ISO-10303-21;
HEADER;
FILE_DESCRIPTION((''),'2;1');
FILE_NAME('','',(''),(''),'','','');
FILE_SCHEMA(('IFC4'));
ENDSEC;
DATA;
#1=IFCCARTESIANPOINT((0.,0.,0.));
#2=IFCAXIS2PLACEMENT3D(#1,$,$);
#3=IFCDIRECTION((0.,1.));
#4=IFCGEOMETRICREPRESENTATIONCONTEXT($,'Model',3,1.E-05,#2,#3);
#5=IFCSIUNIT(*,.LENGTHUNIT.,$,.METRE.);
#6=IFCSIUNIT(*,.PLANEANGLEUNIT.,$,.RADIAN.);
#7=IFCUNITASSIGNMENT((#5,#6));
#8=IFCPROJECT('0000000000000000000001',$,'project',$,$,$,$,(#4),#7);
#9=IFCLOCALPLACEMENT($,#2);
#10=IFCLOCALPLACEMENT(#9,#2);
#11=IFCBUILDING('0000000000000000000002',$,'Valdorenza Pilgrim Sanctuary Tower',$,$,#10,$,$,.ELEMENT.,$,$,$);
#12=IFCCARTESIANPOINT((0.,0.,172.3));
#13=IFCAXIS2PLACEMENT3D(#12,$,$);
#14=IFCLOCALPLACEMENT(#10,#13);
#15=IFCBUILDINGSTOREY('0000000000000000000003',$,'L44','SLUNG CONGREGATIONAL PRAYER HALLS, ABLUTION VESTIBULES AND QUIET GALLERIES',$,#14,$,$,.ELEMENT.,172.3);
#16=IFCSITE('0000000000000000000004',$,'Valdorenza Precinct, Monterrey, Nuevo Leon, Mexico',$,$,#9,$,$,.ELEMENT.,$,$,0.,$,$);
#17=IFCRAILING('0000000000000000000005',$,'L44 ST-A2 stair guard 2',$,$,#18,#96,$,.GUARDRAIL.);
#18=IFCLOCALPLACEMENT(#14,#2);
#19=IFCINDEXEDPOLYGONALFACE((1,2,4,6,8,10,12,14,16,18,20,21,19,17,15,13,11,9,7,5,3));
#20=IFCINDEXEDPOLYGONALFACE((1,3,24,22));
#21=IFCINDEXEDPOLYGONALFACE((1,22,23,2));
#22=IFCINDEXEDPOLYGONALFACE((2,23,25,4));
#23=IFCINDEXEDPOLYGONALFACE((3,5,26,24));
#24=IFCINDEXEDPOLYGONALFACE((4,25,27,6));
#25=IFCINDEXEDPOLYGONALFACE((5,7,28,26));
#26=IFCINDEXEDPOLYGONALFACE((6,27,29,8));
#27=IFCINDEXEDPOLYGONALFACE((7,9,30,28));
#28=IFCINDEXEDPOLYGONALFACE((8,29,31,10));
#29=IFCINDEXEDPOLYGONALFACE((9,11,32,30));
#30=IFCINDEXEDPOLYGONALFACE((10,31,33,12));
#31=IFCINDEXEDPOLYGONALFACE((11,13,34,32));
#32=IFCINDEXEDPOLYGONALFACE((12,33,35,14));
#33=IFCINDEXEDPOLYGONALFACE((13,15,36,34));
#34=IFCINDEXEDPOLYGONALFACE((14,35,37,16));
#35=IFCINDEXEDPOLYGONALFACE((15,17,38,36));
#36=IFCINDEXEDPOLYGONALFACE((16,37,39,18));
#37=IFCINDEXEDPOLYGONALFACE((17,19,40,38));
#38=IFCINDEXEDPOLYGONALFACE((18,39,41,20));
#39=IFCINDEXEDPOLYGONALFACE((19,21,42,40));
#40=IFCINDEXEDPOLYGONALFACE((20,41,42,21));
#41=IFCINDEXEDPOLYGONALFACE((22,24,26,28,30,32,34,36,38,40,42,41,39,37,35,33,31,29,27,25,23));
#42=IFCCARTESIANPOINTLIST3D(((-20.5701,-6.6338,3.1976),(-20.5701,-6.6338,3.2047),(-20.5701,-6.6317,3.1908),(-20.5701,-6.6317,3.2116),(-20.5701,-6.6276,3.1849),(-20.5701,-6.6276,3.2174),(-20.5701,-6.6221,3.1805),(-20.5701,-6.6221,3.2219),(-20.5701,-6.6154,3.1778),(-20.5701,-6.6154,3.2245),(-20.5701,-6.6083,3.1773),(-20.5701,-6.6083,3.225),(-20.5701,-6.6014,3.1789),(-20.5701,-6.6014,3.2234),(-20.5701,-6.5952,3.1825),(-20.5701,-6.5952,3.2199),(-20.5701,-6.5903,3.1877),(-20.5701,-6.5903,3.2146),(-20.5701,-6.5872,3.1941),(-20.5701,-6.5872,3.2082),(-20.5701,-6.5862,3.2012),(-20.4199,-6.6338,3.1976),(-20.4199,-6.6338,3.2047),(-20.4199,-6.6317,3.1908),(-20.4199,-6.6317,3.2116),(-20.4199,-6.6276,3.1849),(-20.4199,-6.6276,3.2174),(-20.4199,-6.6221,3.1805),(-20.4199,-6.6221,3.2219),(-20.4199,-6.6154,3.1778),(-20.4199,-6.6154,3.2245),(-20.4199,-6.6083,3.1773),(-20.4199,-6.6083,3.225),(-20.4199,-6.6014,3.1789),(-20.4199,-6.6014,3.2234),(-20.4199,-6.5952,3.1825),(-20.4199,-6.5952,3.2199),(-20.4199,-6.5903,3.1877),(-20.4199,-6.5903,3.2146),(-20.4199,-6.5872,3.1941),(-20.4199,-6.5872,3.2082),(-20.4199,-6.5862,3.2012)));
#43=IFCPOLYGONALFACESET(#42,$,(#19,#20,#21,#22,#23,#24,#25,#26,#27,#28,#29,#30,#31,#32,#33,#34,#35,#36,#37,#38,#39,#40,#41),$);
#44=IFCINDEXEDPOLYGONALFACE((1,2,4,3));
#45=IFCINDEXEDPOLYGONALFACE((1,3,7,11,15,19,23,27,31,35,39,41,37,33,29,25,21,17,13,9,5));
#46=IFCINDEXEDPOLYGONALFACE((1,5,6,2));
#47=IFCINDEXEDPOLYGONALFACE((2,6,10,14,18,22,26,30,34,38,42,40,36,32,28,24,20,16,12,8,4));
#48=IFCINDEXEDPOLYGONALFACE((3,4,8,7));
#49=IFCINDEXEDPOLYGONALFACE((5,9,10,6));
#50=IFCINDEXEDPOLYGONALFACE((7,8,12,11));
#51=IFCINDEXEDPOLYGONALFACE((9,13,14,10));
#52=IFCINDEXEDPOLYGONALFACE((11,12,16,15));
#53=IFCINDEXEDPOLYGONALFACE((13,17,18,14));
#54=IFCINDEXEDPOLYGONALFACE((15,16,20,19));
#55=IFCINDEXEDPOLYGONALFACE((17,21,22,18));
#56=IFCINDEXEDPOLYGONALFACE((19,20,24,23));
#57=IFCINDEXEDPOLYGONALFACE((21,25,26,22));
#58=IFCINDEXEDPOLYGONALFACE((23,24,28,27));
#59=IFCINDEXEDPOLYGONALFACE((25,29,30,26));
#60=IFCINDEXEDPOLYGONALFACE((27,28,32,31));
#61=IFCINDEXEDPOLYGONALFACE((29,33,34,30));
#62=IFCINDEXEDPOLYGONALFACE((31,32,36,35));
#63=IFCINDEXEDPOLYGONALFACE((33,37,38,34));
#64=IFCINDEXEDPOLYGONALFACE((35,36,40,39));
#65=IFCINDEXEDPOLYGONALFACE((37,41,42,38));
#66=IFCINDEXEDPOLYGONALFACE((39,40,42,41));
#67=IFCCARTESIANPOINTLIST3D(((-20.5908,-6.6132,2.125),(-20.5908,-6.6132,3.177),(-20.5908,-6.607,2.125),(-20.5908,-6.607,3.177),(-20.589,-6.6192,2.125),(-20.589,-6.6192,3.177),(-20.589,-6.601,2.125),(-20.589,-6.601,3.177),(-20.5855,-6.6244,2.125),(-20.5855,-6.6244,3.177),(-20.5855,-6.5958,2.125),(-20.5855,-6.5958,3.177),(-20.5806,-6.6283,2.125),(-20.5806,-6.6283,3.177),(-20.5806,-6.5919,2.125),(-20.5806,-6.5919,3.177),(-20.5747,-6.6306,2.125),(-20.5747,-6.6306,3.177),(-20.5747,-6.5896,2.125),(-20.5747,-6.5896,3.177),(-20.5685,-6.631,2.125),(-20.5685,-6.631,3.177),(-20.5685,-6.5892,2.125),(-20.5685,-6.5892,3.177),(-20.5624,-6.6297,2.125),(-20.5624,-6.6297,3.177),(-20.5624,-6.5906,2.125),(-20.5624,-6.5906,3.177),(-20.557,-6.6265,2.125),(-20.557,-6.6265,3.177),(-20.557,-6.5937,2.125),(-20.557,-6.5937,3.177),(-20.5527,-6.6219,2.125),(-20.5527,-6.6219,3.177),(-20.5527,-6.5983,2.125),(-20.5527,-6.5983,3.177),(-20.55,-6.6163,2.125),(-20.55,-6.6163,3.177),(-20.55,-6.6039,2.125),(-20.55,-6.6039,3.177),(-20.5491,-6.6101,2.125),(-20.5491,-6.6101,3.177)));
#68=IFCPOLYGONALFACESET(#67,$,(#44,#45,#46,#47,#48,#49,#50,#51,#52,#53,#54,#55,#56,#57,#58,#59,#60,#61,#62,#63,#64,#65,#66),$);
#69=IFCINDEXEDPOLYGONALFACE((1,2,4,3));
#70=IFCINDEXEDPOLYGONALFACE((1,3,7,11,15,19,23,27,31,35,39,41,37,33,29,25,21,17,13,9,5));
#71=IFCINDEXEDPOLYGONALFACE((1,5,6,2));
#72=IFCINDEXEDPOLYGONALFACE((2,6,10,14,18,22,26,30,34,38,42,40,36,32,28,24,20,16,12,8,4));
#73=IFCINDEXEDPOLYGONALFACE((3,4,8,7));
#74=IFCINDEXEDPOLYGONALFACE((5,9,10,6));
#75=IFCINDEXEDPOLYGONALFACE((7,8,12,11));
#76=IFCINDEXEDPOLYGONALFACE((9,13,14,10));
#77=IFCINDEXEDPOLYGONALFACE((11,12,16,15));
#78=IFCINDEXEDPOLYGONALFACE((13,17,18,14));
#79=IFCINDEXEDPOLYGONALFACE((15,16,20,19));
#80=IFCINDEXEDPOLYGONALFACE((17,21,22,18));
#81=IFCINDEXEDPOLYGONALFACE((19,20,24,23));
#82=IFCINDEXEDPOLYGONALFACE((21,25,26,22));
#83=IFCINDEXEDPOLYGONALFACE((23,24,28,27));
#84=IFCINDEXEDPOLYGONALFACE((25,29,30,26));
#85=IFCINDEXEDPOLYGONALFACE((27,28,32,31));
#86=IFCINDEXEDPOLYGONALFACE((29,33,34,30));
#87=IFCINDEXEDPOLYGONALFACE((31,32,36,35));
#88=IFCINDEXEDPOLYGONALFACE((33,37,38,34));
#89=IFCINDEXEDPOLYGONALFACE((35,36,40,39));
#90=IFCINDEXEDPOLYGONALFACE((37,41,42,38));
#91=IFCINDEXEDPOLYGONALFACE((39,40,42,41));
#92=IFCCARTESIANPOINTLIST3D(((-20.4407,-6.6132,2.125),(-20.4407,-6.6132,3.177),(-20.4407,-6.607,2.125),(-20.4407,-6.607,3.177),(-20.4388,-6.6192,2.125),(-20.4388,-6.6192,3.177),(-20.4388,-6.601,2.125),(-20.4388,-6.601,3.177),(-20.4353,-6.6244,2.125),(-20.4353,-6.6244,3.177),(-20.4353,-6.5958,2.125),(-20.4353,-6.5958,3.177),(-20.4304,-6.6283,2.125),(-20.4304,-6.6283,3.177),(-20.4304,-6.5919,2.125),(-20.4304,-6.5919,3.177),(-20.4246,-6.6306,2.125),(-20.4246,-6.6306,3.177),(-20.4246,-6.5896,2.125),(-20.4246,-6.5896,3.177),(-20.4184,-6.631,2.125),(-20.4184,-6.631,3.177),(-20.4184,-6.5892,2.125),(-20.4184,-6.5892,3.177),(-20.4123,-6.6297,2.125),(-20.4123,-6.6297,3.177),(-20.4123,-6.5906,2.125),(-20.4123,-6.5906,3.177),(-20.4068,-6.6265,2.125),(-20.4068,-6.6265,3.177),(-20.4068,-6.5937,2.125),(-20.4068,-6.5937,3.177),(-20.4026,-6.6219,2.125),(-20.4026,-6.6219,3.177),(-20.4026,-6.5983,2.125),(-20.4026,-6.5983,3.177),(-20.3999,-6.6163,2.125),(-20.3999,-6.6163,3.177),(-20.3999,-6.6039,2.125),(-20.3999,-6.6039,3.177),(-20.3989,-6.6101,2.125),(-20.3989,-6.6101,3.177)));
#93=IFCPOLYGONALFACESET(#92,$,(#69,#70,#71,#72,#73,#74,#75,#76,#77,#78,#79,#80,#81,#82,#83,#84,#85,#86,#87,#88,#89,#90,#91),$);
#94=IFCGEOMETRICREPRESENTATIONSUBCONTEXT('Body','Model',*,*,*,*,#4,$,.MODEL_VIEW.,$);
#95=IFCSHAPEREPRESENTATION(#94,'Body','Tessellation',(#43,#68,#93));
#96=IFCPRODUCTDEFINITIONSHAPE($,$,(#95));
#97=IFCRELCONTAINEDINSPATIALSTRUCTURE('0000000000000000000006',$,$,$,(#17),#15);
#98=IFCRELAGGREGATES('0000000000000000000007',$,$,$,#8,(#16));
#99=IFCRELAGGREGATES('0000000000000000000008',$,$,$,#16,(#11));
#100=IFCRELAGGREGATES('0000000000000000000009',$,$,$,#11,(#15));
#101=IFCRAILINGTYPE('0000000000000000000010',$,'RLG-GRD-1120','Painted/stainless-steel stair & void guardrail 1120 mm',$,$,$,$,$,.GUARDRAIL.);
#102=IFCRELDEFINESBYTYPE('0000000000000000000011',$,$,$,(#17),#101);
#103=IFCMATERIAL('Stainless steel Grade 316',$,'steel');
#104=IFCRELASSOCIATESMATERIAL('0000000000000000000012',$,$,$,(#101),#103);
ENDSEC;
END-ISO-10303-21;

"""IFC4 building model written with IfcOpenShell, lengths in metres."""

from ifc_helpers import new_model, si_unit, direction, frame, origin, origin_2d, place, context, subcontext, project, spatial, circle, extrude, material, type_object, element, save


model = new_model("IFC4")

# Units and contexts
model_context = context("Model", 3, precision=1e-05, world=origin(), true_north=direction((0.0, 1.0)))
body_context = subcontext(model_context, "Body", "Model", "MODEL_VIEW")
ifc_project = project(units=[si_unit("LENGTHUNIT", "METRE"), si_unit("PLANEANGLEUNIT", "RADIAN")], contexts=[model_context])

# Site, building, storey
site_placement = place(None, origin())
site = spatial("IfcSite", under=ifc_project, at=site_placement, Name="Valdorenza Precinct, Monterrey, Nuevo Leon, Mexico", CompositionType="ELEMENT", RefElevation=0.0)
building_placement = place(site_placement, origin())
building = spatial("IfcBuilding", under=site, at=building_placement, Name="Valdorenza Pilgrim Sanctuary Tower", CompositionType="ELEMENT")
storey_placement = place(building_placement, frame((0.0, 0.0, 172.3)))
storey = spatial("IfcBuildingStorey", under=building, at=storey_placement, Name="L44", Description="SLUNG CONGREGATIONAL PRAYER HALLS, ABLUTION VESTIBULES AND QUIET GALLERIES", CompositionType="ELEMENT", Elevation=172.3)

# Railing
ifc_material_1 = material(Name="Stainless steel Grade 316", Category="steel")
railing_type_1 = type_object("IfcRailingType", Name="RLG-GRD-1120", Description="Painted/stainless-steel stair & void guardrail 1120 mm", PredefinedType="GUARDRAIL", material=ifc_material_1)
railing_1_placement = place(storey_placement, frame((-20.5701, -6.6101, 2.125)))
element("IfcRailing", 1, at=railing_1_placement, inside=storey, type_object=railing_type_1, Name="L44 ST-A2 stair guard 2", PredefinedType="GUARDRAIL", context=body_context, shape_type="SweptSolid", body=[
    extrude(circle(Radius=0.0239, at=origin_2d()), frame((0.0, 0.0, 1.0762), z_axis=(1.0, 0.0, 0.0), x_axis=(0.0, 1.0, 0.0)), (0.0, 0.0, 1.0), 0.1501),
    extrude(circle(Radius=0.021, at=origin_2d()), origin(), (0.0, 0.0, 1.0), 1.052),
    extrude(circle(Radius=0.021, at=origin_2d()), frame((0.1501, 0.0, 0.0)), (0.0, 0.0, 1.0), 1.052),
])

save(model, "model.ifc")
